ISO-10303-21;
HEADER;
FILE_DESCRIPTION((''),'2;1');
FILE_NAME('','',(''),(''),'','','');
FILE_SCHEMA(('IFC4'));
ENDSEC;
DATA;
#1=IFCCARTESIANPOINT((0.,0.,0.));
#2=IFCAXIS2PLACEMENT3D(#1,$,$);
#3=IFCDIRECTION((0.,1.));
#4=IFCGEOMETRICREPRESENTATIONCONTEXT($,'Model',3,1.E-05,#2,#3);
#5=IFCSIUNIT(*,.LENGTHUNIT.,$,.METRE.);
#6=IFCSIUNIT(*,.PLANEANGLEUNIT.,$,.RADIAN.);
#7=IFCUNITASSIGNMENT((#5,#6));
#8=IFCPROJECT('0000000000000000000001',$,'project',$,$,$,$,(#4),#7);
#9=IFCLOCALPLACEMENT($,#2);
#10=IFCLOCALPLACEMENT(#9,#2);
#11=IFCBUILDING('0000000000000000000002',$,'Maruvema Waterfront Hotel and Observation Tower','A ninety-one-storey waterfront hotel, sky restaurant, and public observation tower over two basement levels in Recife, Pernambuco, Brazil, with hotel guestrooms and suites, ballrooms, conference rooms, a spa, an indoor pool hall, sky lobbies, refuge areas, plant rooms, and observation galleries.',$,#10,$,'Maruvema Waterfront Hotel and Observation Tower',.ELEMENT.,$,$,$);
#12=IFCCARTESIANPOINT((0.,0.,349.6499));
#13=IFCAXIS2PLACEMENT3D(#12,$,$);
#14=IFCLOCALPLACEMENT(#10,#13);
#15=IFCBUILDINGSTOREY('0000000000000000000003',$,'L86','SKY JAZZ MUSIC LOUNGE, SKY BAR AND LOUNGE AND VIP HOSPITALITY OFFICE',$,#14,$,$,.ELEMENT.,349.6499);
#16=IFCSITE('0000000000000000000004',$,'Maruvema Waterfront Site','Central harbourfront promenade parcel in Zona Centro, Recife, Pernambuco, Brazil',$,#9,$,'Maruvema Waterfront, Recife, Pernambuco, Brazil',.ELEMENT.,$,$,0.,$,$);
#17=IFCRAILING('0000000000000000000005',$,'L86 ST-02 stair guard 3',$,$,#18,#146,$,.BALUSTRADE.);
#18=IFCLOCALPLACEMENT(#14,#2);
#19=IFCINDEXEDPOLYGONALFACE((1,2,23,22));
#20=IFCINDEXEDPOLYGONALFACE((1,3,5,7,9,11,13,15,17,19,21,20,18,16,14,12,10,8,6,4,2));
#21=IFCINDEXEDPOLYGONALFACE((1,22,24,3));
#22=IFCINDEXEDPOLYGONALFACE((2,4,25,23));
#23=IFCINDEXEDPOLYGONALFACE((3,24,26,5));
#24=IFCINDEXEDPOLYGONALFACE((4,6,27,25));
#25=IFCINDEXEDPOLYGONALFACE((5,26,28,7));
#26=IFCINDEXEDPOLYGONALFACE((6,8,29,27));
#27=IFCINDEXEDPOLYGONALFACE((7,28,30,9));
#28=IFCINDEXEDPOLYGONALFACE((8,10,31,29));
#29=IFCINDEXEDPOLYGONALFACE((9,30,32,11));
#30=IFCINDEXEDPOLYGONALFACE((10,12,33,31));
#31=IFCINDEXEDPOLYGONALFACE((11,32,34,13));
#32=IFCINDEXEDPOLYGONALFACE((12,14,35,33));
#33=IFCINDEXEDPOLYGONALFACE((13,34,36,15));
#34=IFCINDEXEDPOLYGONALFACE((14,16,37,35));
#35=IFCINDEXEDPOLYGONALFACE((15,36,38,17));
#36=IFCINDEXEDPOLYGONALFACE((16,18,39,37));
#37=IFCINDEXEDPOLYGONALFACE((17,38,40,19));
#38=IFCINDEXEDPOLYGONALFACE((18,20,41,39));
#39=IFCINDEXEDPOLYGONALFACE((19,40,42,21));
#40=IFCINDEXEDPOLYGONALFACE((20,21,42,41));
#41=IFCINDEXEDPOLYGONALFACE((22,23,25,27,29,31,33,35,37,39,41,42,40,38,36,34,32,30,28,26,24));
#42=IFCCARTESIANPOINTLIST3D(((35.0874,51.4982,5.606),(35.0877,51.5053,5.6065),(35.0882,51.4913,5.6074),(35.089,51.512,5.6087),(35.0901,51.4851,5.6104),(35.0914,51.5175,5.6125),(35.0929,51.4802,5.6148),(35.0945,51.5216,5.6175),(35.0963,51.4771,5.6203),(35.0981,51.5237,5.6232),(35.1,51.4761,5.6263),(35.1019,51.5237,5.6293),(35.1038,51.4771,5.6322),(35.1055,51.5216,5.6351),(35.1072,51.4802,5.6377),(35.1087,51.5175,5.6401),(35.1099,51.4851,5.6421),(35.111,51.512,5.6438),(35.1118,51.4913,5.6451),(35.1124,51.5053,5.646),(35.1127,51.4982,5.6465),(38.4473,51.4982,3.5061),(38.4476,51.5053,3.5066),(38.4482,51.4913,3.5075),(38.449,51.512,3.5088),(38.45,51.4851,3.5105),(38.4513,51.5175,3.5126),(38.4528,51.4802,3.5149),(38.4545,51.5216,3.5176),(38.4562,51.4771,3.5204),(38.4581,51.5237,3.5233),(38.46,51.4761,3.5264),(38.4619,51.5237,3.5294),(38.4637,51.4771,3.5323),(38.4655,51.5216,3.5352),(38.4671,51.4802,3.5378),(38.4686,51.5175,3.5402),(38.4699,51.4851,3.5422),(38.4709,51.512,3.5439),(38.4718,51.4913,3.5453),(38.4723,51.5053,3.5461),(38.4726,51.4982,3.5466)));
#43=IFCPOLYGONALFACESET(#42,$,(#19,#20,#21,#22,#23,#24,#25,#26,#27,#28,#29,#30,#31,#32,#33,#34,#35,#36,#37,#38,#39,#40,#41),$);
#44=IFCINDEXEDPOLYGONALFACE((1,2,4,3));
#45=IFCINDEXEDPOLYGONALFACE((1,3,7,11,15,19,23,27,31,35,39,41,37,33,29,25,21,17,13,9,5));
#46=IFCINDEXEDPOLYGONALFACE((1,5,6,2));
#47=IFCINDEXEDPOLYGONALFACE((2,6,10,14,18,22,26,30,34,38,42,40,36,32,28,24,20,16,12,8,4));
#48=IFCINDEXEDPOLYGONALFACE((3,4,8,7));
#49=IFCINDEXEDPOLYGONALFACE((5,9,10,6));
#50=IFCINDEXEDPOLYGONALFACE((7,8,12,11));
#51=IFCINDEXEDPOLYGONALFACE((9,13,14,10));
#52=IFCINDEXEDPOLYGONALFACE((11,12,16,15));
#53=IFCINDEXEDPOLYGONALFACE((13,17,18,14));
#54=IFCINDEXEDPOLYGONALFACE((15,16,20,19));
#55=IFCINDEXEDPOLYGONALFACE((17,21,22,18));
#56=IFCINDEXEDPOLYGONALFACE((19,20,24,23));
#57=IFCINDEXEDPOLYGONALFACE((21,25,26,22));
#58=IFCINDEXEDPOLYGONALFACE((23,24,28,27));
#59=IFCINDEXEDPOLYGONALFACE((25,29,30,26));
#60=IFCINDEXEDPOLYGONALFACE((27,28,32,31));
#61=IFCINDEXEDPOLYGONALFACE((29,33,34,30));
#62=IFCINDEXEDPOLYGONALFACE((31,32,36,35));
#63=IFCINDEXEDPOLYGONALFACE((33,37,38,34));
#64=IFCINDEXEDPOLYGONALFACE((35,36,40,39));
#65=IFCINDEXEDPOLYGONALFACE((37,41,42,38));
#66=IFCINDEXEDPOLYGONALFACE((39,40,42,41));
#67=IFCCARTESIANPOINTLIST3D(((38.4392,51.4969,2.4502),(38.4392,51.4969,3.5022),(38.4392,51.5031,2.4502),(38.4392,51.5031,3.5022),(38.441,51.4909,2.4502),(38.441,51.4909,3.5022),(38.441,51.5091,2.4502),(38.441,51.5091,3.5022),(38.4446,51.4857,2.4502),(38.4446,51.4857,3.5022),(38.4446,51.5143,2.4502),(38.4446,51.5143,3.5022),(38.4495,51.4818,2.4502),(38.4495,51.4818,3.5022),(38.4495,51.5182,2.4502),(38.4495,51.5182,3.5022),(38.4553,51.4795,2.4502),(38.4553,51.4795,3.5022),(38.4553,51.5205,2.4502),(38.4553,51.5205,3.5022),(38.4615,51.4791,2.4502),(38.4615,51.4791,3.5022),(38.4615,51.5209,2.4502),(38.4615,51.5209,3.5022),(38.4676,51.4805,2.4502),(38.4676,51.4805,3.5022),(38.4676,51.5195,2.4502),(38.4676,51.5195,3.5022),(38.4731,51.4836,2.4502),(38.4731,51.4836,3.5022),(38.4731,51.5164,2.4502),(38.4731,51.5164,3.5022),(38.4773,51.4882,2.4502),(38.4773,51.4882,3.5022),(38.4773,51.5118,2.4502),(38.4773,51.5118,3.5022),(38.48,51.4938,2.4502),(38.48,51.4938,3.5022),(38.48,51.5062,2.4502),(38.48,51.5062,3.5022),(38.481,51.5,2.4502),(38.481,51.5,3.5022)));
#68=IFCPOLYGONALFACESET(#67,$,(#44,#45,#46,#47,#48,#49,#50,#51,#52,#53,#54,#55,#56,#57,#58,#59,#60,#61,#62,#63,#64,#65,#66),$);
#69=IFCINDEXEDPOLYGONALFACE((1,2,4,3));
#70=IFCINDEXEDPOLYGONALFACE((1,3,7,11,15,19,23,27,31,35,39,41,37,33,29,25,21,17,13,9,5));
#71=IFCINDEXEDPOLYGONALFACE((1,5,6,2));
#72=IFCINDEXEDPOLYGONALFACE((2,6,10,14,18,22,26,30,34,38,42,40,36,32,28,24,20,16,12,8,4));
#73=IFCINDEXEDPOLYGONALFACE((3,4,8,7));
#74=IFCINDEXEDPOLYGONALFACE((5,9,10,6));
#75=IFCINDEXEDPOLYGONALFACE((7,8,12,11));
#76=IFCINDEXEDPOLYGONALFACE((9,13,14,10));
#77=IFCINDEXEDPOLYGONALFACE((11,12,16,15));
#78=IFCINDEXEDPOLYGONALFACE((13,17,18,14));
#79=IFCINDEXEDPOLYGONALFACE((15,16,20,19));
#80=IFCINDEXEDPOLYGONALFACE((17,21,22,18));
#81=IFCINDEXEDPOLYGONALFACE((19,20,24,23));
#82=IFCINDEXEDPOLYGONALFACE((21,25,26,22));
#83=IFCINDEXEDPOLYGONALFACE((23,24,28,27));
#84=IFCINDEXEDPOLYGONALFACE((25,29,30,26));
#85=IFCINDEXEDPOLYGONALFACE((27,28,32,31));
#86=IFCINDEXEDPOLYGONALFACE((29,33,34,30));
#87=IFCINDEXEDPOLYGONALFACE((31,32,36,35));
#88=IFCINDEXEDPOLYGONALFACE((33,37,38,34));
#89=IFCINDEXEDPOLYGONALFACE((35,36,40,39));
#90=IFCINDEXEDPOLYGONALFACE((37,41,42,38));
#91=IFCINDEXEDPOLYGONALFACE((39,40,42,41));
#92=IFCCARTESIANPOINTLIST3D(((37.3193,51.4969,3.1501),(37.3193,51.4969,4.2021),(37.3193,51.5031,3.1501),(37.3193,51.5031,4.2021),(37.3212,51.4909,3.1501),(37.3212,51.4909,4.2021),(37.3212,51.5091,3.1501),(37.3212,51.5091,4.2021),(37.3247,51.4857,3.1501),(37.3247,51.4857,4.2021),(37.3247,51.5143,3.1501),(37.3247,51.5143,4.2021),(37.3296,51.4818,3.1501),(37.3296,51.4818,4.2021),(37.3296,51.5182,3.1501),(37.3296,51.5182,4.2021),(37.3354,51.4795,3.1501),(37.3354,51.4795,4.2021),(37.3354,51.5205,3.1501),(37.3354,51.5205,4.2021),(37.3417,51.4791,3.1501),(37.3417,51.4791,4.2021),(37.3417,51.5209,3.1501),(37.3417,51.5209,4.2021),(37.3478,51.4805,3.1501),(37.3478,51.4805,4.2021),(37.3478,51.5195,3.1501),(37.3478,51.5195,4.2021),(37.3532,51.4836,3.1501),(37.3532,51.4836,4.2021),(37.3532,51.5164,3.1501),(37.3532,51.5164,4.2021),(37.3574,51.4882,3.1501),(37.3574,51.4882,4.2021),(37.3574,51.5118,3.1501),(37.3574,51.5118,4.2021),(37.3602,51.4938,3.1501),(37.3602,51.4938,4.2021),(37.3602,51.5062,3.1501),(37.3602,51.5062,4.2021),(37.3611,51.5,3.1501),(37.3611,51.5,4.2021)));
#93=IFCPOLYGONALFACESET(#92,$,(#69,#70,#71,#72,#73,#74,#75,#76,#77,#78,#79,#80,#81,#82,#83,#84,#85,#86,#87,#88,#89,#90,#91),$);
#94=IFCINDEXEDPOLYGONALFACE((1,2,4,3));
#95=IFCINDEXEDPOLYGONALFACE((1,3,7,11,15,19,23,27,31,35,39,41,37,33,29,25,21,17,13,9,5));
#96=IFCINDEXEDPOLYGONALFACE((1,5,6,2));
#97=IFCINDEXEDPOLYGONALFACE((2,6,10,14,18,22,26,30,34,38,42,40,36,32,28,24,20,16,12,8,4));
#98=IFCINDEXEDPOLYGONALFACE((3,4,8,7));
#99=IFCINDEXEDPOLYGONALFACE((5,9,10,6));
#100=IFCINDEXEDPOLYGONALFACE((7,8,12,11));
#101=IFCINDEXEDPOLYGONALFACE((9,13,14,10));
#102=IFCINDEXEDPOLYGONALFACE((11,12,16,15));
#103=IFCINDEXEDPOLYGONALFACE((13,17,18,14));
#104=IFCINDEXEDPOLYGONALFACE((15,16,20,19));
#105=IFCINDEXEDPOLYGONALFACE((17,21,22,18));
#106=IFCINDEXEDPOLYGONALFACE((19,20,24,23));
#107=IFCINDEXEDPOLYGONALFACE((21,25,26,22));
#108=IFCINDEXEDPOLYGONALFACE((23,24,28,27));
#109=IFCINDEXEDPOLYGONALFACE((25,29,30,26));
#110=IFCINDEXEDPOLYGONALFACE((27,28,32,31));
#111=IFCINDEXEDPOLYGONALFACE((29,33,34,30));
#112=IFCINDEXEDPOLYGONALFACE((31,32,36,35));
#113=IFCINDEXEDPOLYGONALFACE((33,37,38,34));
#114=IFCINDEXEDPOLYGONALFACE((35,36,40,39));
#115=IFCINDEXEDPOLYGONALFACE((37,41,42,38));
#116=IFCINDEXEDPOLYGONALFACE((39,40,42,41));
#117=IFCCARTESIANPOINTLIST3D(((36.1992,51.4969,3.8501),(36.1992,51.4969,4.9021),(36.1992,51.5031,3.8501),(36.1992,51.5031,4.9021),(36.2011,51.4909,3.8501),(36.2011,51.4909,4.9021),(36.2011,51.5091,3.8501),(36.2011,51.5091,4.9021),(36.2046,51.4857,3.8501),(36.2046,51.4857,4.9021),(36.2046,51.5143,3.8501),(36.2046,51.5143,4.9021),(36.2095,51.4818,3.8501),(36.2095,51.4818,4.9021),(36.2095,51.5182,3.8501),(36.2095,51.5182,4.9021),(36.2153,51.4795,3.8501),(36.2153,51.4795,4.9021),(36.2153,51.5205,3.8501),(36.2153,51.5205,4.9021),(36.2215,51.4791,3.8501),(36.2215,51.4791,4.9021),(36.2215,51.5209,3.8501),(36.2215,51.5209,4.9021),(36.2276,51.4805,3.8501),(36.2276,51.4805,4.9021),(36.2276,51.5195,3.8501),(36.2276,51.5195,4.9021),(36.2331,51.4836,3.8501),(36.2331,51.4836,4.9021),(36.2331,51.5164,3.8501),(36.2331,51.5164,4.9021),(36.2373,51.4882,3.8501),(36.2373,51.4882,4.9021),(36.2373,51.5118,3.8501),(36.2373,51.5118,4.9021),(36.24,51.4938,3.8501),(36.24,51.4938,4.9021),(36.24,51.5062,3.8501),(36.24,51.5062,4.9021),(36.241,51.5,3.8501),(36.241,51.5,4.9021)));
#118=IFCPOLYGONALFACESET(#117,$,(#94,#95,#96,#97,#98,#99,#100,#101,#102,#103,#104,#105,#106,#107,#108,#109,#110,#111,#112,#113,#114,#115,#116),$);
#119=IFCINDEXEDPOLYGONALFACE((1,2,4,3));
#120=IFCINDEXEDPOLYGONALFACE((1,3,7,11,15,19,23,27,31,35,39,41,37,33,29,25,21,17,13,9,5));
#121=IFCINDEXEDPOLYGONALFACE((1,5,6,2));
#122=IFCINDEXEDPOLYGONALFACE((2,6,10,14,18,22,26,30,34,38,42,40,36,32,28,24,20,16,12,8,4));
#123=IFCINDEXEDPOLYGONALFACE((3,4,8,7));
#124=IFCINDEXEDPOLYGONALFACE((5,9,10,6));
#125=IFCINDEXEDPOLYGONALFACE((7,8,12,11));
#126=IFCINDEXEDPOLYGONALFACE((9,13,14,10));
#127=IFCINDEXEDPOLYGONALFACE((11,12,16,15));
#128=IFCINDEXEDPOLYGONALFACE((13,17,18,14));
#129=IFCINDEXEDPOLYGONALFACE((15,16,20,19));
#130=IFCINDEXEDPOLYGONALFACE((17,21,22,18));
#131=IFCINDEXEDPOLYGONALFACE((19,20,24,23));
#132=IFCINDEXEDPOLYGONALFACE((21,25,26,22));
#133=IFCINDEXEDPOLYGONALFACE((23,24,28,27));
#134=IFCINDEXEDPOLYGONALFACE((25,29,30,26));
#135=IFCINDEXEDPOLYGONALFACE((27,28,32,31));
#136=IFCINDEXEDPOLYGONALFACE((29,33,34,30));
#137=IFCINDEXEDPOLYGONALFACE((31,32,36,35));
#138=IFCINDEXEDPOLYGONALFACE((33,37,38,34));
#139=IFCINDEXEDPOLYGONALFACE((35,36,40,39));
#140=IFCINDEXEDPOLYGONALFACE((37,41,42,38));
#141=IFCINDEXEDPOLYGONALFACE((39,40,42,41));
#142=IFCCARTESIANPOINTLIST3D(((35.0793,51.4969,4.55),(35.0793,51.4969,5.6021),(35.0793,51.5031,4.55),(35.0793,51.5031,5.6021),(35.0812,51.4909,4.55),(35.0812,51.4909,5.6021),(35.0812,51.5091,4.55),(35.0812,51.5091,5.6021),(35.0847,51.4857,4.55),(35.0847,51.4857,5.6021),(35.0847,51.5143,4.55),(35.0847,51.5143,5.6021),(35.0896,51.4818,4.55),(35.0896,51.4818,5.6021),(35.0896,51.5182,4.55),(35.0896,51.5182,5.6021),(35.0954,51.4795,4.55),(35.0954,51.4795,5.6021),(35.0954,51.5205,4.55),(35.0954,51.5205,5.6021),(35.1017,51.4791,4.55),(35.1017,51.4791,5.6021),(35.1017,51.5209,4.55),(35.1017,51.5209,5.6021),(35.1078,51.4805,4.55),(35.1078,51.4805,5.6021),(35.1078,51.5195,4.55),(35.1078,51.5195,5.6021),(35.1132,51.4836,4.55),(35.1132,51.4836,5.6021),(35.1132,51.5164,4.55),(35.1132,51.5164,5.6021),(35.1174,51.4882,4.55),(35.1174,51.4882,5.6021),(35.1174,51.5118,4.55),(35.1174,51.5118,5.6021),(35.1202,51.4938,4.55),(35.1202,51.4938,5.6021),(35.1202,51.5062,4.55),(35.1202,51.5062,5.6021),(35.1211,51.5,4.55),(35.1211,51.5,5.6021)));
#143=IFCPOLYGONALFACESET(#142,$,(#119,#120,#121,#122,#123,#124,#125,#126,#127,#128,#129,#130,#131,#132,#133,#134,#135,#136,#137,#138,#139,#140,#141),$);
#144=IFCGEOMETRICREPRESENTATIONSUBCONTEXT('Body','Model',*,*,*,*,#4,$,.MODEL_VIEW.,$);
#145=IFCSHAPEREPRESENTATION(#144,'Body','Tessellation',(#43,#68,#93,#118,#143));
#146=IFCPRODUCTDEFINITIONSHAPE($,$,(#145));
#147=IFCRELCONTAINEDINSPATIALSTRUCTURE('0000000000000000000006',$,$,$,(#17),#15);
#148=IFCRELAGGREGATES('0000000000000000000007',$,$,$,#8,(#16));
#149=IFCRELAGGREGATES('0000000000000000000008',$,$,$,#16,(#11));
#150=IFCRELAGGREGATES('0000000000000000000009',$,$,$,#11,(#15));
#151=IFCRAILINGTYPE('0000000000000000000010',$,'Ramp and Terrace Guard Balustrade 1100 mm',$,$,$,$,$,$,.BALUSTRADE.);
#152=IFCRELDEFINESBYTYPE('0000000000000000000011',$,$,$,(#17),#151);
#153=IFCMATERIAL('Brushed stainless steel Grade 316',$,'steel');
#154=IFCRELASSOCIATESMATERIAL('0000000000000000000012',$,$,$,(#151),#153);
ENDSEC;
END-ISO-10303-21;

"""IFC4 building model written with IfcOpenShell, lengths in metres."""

from ifc_helpers import new_model, si_unit, direction, frame, origin, origin_2d, place, context, subcontext, project, spatial, circle, extrude, material, type_object, element, save


model = new_model("IFC4")

# Units and contexts
model_context = context("Model", 3, precision=1e-05, world=origin(), true_north=direction((0.0, 1.0)))
body_context = subcontext(model_context, "Body", "Model", "MODEL_VIEW")
ifc_project = project(units=[si_unit("LENGTHUNIT", "METRE"), si_unit("PLANEANGLEUNIT", "RADIAN")], contexts=[model_context])

# Site, building, storey
site_placement = place(None, origin())
site = spatial("IfcSite", under=ifc_project, at=site_placement, Name="Maruvema Waterfront Site", Description="Central harbourfront promenade parcel in Zona Centro, Recife, Pernambuco, Brazil", LongName="Maruvema Waterfront, Recife, Pernambuco, Brazil", CompositionType="ELEMENT", RefElevation=0.0)
building_placement = place(site_placement, origin())
building = spatial("IfcBuilding", under=site, at=building_placement, Name="Maruvema Waterfront Hotel and Observation Tower", Description="A ninety-one-storey waterfront hotel, sky restaurant, and public observation tower over two basement levels in Recife, Pernambuco, Brazil, with hotel guestrooms and suites, ballrooms, conference rooms, a spa, an indoor pool hall, sky lobbies, refuge areas, plant rooms, and observation galleries.", LongName="Maruvema Waterfront Hotel and Observation Tower", CompositionType="ELEMENT")
storey_placement = place(building_placement, frame((0.0, 0.0, 349.6499)))
storey = spatial("IfcBuildingStorey", under=building, at=storey_placement, Name="L86", Description="SKY JAZZ MUSIC LOUNGE, SKY BAR AND LOUNGE AND VIP HOSPITALITY OFFICE", CompositionType="ELEMENT", Elevation=349.6499)

# Railing
ifc_material_1 = material(Name="Brushed stainless steel Grade 316", Category="steel")
railing_type_1 = type_object("IfcRailingType", Name="Ramp and Terrace Guard Balustrade 1100 mm", PredefinedType="BALUSTRADE", material=ifc_material_1)
railing_1_placement = place(storey_placement, frame((38.46, 51.5, 2.4502)))
element("IfcRailing", 1, at=railing_1_placement, inside=storey, type_object=railing_type_1, Name="L86 ST-02 stair guard 3", PredefinedType="BALUSTRADE", context=body_context, shape_type="SweptSolid", body=[
    extrude(circle(Radius=0.0239, at=origin_2d()), frame((0.0, 0.0, 1.0762), z_axis=(-0.848005, 0.0, 0.529988), x_axis=(0.0, -1.0, 0.0)), (0.0, 0.0, 1.0), 3.9622),
    extrude(circle(Radius=0.021, at=origin_2d()), origin(), (0.0, 0.0, 1.0), 1.052),
    extrude(circle(Radius=0.021, at=origin_2d()), frame((-1.1199, 0.0, 0.7)), (0.0, 0.0, 1.0), 1.052),
    extrude(circle(Radius=0.021, at=origin_2d()), frame((-2.24, 0.0, 1.3999)), (0.0, 0.0, 1.0), 1.052),
    extrude(circle(Radius=0.021, at=origin_2d()), frame((-3.3599, 0.0, 2.0999)), (0.0, 0.0, 1.0), 1.052),
])

save(model, "model.ifc")
